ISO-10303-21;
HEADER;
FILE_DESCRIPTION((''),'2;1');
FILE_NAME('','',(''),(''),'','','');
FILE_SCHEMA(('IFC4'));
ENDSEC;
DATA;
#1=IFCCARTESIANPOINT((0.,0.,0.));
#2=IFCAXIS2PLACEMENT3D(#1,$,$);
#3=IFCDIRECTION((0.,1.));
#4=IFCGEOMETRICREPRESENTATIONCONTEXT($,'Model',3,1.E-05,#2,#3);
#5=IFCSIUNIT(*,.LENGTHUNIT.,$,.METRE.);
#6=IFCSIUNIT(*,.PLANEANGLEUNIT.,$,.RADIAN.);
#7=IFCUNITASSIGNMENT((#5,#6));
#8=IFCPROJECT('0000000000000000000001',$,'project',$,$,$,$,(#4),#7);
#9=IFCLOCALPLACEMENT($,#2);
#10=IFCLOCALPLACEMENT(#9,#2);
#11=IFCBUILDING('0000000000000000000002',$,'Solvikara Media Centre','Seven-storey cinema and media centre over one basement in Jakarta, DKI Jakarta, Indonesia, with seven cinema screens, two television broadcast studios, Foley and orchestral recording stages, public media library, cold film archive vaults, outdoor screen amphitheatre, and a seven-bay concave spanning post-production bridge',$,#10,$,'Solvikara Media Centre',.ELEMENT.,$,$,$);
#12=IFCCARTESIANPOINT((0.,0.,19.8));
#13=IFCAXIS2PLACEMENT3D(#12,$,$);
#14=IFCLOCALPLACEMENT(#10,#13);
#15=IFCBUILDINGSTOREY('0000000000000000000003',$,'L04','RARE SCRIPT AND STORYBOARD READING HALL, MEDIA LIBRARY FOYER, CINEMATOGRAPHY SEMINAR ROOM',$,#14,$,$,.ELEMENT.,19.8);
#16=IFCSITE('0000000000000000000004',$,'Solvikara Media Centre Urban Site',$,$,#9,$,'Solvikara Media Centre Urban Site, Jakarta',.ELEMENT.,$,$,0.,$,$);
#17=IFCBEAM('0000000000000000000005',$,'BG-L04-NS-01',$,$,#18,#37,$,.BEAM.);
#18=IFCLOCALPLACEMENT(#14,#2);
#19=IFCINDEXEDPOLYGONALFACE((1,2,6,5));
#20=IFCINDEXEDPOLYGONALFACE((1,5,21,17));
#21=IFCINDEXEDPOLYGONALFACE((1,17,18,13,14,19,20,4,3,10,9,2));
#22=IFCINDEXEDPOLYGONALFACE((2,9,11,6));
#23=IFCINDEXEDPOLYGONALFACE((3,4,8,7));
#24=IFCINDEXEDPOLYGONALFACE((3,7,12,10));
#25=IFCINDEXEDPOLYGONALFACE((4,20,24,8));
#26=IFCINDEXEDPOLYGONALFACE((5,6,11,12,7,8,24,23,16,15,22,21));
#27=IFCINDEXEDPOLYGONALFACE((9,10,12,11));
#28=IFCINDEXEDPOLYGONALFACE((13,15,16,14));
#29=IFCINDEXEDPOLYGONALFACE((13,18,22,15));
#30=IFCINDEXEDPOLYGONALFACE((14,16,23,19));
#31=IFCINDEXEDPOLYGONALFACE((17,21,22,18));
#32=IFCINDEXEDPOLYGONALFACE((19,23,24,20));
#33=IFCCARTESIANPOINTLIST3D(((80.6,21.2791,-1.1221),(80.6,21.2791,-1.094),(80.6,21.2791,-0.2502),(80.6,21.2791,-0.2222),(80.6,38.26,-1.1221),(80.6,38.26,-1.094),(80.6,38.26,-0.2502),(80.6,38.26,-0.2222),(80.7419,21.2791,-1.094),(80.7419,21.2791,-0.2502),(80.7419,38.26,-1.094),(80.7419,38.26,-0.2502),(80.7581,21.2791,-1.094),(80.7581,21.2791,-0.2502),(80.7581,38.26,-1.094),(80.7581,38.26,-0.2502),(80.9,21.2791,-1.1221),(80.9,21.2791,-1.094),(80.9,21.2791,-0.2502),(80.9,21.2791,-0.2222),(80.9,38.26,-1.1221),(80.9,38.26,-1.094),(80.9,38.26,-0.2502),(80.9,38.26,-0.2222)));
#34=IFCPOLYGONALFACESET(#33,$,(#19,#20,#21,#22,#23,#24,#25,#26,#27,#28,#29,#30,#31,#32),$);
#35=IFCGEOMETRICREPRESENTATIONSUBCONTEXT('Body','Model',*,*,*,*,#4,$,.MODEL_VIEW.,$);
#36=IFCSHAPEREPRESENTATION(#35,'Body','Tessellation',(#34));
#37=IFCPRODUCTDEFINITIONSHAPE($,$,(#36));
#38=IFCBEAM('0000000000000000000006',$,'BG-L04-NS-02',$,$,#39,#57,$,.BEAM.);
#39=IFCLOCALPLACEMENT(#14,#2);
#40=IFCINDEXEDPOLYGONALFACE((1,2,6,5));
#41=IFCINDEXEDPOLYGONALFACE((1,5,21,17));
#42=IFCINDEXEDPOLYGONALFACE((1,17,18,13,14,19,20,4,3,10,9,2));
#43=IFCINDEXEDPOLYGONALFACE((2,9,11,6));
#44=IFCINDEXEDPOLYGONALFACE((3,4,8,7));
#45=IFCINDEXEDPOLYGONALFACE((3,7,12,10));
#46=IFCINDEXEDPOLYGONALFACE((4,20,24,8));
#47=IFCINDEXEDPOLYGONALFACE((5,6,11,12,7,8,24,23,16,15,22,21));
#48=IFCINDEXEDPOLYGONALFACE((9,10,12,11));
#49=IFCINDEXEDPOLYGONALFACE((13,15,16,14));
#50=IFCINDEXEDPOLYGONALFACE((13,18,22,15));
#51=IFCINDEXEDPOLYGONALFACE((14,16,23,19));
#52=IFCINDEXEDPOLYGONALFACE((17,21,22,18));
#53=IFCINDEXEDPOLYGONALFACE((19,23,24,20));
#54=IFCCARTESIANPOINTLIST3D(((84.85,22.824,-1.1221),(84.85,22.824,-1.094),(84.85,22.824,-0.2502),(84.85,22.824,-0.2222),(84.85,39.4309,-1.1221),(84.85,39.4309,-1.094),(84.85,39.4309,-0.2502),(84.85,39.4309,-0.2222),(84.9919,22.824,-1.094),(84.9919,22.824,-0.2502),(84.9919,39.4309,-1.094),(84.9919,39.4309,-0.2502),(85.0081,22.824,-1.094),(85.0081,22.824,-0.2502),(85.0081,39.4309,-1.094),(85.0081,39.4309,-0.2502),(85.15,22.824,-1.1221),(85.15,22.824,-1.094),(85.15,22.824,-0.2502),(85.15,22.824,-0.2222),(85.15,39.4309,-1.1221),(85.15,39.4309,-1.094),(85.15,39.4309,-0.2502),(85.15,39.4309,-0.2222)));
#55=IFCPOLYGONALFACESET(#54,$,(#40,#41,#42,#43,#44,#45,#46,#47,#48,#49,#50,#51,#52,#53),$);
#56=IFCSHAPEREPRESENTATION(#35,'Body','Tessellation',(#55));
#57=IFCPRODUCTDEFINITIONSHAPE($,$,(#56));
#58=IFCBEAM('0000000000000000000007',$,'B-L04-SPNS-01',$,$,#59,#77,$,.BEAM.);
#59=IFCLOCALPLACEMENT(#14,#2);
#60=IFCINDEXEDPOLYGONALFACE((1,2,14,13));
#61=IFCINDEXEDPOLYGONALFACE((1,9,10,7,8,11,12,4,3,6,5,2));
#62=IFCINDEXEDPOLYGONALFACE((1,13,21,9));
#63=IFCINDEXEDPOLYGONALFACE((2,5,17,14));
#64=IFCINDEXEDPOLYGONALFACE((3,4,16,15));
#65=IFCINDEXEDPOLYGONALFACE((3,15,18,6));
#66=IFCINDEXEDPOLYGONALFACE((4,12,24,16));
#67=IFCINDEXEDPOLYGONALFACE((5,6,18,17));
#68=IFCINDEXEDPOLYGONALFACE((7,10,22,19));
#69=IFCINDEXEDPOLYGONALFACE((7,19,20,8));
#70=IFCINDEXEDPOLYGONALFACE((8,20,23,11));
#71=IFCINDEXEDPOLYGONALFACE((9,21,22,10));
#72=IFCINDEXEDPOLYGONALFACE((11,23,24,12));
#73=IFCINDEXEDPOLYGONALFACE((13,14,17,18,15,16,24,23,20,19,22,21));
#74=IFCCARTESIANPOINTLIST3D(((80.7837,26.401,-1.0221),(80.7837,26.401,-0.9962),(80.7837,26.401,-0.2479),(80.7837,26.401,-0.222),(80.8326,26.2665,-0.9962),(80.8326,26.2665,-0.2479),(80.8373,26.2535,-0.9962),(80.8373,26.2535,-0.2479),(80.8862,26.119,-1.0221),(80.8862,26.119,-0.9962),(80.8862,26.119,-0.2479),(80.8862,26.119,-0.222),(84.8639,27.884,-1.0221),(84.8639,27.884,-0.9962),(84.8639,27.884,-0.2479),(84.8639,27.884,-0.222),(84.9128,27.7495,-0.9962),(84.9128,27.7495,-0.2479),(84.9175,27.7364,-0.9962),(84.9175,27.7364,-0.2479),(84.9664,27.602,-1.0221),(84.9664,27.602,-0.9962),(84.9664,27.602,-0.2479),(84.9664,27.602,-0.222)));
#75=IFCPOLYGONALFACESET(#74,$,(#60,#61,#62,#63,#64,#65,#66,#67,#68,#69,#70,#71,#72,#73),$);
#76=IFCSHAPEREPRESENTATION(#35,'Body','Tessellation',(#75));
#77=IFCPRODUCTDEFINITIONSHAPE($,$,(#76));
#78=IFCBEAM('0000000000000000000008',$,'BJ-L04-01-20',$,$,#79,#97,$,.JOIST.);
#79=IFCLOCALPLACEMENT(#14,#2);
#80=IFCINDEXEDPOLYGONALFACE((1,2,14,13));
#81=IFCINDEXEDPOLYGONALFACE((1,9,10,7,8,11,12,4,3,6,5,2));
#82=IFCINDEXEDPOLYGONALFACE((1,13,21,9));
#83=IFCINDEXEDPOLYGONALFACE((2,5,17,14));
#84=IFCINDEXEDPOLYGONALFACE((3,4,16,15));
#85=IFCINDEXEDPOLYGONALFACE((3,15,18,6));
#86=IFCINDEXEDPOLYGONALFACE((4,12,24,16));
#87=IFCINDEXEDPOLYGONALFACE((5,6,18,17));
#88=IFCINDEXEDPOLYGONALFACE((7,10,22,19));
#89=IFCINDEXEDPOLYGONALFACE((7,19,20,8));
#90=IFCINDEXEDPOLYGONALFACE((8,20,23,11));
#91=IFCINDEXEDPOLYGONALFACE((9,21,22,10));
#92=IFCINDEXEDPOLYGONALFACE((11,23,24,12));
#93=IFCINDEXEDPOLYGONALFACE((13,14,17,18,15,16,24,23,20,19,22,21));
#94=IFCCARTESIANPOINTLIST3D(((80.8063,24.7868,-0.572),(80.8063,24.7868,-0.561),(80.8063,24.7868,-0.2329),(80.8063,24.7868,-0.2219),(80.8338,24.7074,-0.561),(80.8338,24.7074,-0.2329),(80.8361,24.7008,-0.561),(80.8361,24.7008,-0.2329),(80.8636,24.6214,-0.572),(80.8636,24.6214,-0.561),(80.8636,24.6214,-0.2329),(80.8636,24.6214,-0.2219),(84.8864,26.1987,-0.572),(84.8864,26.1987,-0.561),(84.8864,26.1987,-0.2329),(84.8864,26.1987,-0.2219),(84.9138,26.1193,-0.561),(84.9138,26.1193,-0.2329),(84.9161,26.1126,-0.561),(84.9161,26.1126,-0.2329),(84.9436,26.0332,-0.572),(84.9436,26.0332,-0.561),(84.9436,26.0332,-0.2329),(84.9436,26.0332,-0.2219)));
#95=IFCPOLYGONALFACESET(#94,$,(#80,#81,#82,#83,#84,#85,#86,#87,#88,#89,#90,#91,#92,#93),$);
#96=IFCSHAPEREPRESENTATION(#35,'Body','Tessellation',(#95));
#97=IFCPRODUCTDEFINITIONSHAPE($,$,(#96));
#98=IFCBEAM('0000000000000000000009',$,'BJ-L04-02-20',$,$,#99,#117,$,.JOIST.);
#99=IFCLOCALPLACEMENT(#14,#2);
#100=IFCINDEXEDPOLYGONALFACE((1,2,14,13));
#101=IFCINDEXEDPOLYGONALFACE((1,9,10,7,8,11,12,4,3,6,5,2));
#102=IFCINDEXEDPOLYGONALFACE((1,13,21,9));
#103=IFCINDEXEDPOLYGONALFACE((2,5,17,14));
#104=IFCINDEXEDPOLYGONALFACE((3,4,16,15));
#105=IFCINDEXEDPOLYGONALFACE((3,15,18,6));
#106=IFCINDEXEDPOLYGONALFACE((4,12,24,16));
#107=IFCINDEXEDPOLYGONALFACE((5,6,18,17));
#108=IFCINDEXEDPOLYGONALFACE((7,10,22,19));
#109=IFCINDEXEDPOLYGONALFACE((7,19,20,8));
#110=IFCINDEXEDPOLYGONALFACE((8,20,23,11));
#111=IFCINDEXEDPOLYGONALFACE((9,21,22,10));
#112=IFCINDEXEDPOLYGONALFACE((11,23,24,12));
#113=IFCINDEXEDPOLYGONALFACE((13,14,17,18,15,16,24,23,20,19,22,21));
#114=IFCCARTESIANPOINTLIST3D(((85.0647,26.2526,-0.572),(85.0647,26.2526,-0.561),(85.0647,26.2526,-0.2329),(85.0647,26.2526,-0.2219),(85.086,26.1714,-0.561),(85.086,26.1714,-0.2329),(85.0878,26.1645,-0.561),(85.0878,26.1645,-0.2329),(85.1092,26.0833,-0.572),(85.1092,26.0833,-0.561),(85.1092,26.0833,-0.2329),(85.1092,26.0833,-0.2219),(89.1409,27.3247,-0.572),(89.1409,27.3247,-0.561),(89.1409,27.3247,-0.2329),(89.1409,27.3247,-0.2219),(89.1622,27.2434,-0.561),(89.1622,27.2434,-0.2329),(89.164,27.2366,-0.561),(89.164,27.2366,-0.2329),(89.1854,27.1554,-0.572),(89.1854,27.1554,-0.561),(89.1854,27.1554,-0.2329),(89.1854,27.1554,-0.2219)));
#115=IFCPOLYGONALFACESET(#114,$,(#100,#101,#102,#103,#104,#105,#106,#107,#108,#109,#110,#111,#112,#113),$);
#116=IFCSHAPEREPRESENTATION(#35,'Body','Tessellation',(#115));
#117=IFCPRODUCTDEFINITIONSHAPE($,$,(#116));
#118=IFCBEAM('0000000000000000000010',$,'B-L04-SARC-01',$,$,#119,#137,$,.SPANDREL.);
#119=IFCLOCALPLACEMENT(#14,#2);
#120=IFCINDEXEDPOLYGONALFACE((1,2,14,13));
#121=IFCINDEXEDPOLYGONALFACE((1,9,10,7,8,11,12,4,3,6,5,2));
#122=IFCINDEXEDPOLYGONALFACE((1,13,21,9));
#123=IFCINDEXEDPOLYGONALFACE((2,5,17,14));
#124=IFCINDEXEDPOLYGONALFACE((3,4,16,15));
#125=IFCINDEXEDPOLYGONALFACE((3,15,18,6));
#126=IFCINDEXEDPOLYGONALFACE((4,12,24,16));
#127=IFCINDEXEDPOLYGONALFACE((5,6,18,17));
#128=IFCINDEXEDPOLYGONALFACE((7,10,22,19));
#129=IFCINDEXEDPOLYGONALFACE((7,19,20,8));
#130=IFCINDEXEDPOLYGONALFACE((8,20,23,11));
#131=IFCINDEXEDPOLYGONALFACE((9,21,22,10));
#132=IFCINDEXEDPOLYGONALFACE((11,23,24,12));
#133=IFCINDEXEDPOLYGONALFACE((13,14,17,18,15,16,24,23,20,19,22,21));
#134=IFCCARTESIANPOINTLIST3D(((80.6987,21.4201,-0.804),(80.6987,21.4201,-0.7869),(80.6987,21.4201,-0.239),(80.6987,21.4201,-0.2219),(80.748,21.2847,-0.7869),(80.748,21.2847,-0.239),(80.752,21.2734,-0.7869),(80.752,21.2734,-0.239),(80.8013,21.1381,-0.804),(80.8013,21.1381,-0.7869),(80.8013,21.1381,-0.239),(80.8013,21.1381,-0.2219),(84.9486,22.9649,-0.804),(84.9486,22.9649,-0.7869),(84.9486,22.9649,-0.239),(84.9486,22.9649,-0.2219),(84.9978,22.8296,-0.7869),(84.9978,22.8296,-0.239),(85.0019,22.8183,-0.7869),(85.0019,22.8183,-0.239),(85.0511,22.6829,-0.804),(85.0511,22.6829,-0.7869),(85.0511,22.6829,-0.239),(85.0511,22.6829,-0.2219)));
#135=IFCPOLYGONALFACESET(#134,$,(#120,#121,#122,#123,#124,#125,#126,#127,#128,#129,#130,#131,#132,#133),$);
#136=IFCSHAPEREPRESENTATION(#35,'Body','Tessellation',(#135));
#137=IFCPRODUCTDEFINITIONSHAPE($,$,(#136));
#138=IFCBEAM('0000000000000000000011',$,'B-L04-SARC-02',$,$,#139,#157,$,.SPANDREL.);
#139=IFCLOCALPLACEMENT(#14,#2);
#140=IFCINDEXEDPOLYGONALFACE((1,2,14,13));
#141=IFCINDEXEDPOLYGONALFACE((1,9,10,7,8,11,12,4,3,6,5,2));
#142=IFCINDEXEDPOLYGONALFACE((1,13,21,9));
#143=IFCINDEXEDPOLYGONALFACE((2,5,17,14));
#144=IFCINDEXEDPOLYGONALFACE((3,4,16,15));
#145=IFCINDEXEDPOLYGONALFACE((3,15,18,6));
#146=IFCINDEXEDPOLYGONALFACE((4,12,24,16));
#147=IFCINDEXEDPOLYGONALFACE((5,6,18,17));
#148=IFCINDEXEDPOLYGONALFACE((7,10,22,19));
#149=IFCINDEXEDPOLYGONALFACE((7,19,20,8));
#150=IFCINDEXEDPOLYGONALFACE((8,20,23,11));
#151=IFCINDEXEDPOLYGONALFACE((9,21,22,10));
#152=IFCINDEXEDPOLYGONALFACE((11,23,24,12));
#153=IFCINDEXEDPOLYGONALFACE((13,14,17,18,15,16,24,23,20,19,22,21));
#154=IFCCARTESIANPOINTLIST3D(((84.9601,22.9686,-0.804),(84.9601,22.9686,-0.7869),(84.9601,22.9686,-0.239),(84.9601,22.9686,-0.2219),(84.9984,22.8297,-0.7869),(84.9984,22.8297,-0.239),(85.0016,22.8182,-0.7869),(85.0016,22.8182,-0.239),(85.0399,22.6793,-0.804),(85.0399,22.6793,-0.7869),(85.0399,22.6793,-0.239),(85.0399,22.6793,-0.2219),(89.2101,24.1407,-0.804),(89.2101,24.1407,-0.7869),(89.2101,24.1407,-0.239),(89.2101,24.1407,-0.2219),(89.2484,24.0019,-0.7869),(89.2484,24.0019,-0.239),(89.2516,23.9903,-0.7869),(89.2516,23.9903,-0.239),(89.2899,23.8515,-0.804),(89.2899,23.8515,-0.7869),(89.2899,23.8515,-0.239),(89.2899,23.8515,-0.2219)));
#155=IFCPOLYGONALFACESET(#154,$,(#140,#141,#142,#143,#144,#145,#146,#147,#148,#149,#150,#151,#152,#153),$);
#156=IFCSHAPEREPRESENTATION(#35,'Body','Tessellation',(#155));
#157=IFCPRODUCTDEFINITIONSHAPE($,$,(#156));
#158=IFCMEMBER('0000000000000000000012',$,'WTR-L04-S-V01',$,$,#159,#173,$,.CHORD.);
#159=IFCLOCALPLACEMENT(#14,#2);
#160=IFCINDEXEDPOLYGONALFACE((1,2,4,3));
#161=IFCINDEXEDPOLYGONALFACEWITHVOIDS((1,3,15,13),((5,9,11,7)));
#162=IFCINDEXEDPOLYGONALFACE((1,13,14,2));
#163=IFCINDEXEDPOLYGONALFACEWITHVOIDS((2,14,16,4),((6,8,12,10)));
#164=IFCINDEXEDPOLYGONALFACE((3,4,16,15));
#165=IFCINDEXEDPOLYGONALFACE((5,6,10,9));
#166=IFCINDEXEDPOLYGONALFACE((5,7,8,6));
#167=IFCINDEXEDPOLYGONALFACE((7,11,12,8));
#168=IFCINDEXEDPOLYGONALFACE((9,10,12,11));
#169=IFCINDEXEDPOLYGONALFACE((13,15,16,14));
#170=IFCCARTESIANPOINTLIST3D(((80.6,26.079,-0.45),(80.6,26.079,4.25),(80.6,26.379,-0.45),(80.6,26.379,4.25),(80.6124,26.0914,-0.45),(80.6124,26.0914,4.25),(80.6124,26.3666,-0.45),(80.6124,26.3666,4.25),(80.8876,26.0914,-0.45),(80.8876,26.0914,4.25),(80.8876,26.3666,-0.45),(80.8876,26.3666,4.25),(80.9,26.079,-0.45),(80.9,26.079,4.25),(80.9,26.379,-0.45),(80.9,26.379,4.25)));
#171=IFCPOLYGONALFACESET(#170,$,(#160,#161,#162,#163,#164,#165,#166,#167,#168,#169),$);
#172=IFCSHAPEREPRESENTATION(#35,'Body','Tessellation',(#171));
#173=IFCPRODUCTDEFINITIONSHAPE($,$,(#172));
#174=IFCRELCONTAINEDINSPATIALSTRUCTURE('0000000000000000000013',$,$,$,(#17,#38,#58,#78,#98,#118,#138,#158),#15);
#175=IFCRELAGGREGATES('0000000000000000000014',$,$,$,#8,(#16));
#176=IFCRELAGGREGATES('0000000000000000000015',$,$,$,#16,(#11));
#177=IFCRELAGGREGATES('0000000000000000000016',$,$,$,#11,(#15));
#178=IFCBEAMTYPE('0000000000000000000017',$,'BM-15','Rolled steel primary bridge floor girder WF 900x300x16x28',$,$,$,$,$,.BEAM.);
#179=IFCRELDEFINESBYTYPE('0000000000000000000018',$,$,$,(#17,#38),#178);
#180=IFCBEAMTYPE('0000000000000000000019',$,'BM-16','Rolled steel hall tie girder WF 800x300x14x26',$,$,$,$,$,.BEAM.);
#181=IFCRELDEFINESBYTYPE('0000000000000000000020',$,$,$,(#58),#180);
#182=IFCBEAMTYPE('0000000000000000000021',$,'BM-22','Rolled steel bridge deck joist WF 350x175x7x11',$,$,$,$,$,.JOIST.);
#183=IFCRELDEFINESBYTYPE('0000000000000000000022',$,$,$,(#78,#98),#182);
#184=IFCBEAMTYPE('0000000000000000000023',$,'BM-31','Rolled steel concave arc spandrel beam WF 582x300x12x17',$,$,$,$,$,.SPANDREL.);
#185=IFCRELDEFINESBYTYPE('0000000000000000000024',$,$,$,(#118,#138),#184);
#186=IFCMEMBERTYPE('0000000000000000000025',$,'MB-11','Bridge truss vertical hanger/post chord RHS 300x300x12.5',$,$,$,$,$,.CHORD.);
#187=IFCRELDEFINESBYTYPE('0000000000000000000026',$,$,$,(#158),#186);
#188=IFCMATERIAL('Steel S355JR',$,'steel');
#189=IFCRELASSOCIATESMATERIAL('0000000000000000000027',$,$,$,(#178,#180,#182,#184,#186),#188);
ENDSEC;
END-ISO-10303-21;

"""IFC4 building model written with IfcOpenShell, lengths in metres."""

from ifc_helpers import new_model, si_unit, direction, frame, origin, origin_2d, place, context, subcontext, project, spatial, hollow_rectangle, i_section, extrude, material, material_profile, profile_set, type_object, element, save


model = new_model("IFC4")

# Units and contexts
model_context = context("Model", 3, precision=1e-05, world=origin(), true_north=direction((0.0, 1.0)))
body_context = subcontext(model_context, "Body", "Model", "MODEL_VIEW")
ifc_project = project(units=[si_unit("LENGTHUNIT", "METRE"), si_unit("PLANEANGLEUNIT", "RADIAN")], contexts=[model_context])

# Site, building, storey
site_placement = place(None, origin())
site = spatial("IfcSite", under=ifc_project, at=site_placement, Name="Solvikara Media Centre Urban Site", LongName="Solvikara Media Centre Urban Site, Jakarta", CompositionType="ELEMENT", RefElevation=0.0)
building_placement = place(site_placement, origin())
building = spatial("IfcBuilding", under=site, at=building_placement, Name="Solvikara Media Centre", Description="Seven-storey cinema and media centre over one basement in Jakarta, DKI Jakarta, Indonesia, with seven cinema screens, two television broadcast studios, Foley and orchestral recording stages, public media library, cold film archive vaults, outdoor screen amphitheatre, and a seven-bay concave spanning post-production bridge", LongName="Solvikara Media Centre", CompositionType="ELEMENT")
storey_placement = place(building_placement, frame((0.0, 0.0, 19.8)))
storey = spatial("IfcBuildingStorey", under=building, at=storey_placement, Name="L04", Description="RARE SCRIPT AND STORYBOARD READING HALL, MEDIA LIBRARY FOYER, CINEMATOGRAPHY SEMINAR ROOM", CompositionType="ELEMENT", Elevation=19.8)

# Beams
ifc_material_1 = material(Name="Steel S355JR", Category="steel")
ifc_material_profile_1 = material_profile(ifc_material_1, i_section(OverallWidth=0.3, OverallDepth=0.8999, WebThickness=0.0161, FlangeThickness=0.0281, at=origin_2d()), Name="WF 900x300x16x28")
ifc_profile_set_1 = profile_set([ifc_material_profile_1], Name="Steel S355JR")
beam_type_1 = type_object("IfcBeamType", Name="BM-15", Description="Rolled steel primary bridge floor girder WF 900x300x16x28", PredefinedType="BEAM", material=ifc_profile_set_1)
beam_1_placement = place(storey_placement, frame((80.75, 21.2791, -0.6721), z_axis=(0.0, 1.0, 0.0), x_axis=(-1.0, 0.0, 0.0)))
element("IfcBeam", 1, at=beam_1_placement, inside=storey, type_object=beam_type_1, Name="BG-L04-NS-01", PredefinedType="BEAM", context=body_context, shape_type="SweptSolid", body=[
    extrude(i_section(OverallWidth=0.3, OverallDepth=0.8999, WebThickness=0.0161, FlangeThickness=0.0281, at=origin_2d()), origin(), (0.0, 0.0, 1.0), 16.981),
])
beam_2_placement = place(storey_placement, frame((85.0, 22.824, -0.6721), z_axis=(0.0, 1.0, 0.0), x_axis=(-1.0, 0.0, 0.0)))
element("IfcBeam", 2, at=beam_2_placement, inside=storey, type_object=beam_type_1, Name="BG-L04-NS-02", PredefinedType="BEAM", context=body_context, shape_type="SweptSolid", body=[
    extrude(i_section(OverallWidth=0.3, OverallDepth=0.8999, WebThickness=0.0161, FlangeThickness=0.0281, at=origin_2d()), origin(), (0.0, 0.0, 1.0), 16.6069),
])
ifc_material_profile_2 = material_profile(ifc_material_1, i_section(OverallWidth=0.3, OverallDepth=0.8, WebThickness=0.0139, FlangeThickness=0.0259, at=origin_2d()), Name="WF 800x300x14x26")
ifc_profile_set_2 = profile_set([ifc_material_profile_2], Name="Steel S355JR")
beam_type_2 = type_object("IfcBeamType", Name="BM-16", Description="Rolled steel hall tie girder WF 800x300x14x26", PredefinedType="BEAM", material=ifc_profile_set_2)
beam_3_placement = place(storey_placement, frame((80.835, 26.26, -0.6221), z_axis=(0.939849, 0.34159, 0.0), x_axis=(-0.34159, 0.939849, 0.0)))
element("IfcBeam", 3, at=beam_3_placement, inside=storey, type_object=beam_type_2, Name="B-L04-SPNS-01", PredefinedType="BEAM", context=body_context, shape_type="SweptSolid", body=[
    extrude(i_section(OverallWidth=0.3, OverallDepth=0.8, WebThickness=0.0139, FlangeThickness=0.0259, at=origin_2d()), origin(), (0.0, 0.0, 1.0), 4.3413),
])
ifc_material_profile_3 = material_profile(ifc_material_1, i_section(OverallWidth=0.175, OverallDepth=0.3501, WebThickness=0.0071, FlangeThickness=0.011, at=origin_2d()), Name="WF 350x175x7x11")
ifc_profile_set_3 = profile_set([ifc_material_profile_3], Name="Steel S355JR")
beam_type_3 = type_object("IfcBeamType", Name="BM-22", Description="Rolled steel bridge deck joist WF 350x175x7x11", PredefinedType="JOIST", material=ifc_profile_set_3)
beam_4_placement = place(storey_placement, frame((80.835, 24.7041, -0.397), z_axis=(0.94502, 0.327013, 0.0), x_axis=(-0.327013, 0.94502, 0.0)))
element("IfcBeam", 4, at=beam_4_placement, inside=storey, type_object=beam_type_3, Name="BJ-L04-01-20", PredefinedType="JOIST", context=body_context, shape_type="SweptSolid", body=[
    extrude(i_section(OverallWidth=0.175, OverallDepth=0.3501, WebThickness=0.0071, FlangeThickness=0.011, at=origin_2d()), origin(), (0.0, 0.0, 1.0), 4.3174),
])
beam_5_placement = place(storey_placement, frame((85.0869, 26.168, -0.397), z_axis=(0.967113, 0.254348, 0.0), x_axis=(-0.254348, 0.967113, 0.0)))
element("IfcBeam", 5, at=beam_5_placement, inside=storey, type_object=beam_type_3, Name="BJ-L04-02-20", PredefinedType="JOIST", context=body_context, shape_type="SweptSolid", body=[
    extrude(i_section(OverallWidth=0.175, OverallDepth=0.3501, WebThickness=0.0071, FlangeThickness=0.011, at=origin_2d()), origin(), (0.0, 0.0, 1.0), 4.2148),
])
ifc_material_profile_4 = material_profile(ifc_material_1, i_section(OverallWidth=0.3, OverallDepth=0.582, WebThickness=0.012, FlangeThickness=0.0171, at=origin_2d()), Name="WF 582x300x12x17")
ifc_profile_set_4 = profile_set([ifc_material_profile_4], Name="Steel S355JR")
beam_type_4 = type_object("IfcBeamType", Name="BM-31", Description="Rolled steel concave arc spandrel beam WF 582x300x12x17", PredefinedType="SPANDREL", material=ifc_profile_set_4)
beam_6_placement = place(storey_placement, frame((80.75, 21.2791, -0.5129), z_axis=(0.939831, 0.341639, 0.0), x_axis=(-0.341639, 0.939831, 0.0)))
element("IfcBeam", 6, at=beam_6_placement, inside=storey, type_object=beam_type_4, Name="B-L04-SARC-01", PredefinedType="SPANDREL", context=body_context, shape_type="SweptSolid", body=[
    extrude(i_section(OverallWidth=0.3, OverallDepth=0.582, WebThickness=0.012, FlangeThickness=0.0171, at=origin_2d()), origin(), (0.0, 0.0, 1.0), 4.522),
])
beam_7_placement = place(storey_placement, frame((85.0, 22.824, -0.5129), z_axis=(0.96401, 0.265867, 0.0), x_axis=(-0.265867, 0.96401, 0.0)))
element("IfcBeam", 7, at=beam_7_placement, inside=storey, type_object=beam_type_4, Name="B-L04-SARC-02", PredefinedType="SPANDREL", context=body_context, shape_type="SweptSolid", body=[
    extrude(i_section(OverallWidth=0.3, OverallDepth=0.582, WebThickness=0.012, FlangeThickness=0.0171, at=origin_2d()), origin(), (0.0, 0.0, 1.0), 4.4087),
])

# Member
ifc_material_profile_5 = material_profile(ifc_material_1, hollow_rectangle(XDim=0.3, YDim=0.3, WallThickness=0.0125, at=origin_2d()), Name="RHS 300x300x12.5")
ifc_profile_set_5 = profile_set([ifc_material_profile_5], Name="Steel S355JR")
member_type_1 = type_object("IfcMemberType", Name="MB-11", Description="Bridge truss vertical hanger/post chord RHS 300x300x12.5", PredefinedType="CHORD", material=ifc_profile_set_5)
member_1_placement = place(storey_placement, frame((80.75, 26.229, -0.45), z_axis=(0.0, 0.0, 1.0), x_axis=(1.0, 0.0, 0.0)))
element("IfcMember", 8, at=member_1_placement, inside=storey, type_object=member_type_1, Name="WTR-L04-S-V01", PredefinedType="CHORD", context=body_context, shape_type="SweptSolid", body=[
    extrude(hollow_rectangle(XDim=0.3, YDim=0.3, WallThickness=0.0125, at=origin_2d()), origin(), (0.0, 0.0, 1.0), 4.7),
])

save(model, "model.ifc")
